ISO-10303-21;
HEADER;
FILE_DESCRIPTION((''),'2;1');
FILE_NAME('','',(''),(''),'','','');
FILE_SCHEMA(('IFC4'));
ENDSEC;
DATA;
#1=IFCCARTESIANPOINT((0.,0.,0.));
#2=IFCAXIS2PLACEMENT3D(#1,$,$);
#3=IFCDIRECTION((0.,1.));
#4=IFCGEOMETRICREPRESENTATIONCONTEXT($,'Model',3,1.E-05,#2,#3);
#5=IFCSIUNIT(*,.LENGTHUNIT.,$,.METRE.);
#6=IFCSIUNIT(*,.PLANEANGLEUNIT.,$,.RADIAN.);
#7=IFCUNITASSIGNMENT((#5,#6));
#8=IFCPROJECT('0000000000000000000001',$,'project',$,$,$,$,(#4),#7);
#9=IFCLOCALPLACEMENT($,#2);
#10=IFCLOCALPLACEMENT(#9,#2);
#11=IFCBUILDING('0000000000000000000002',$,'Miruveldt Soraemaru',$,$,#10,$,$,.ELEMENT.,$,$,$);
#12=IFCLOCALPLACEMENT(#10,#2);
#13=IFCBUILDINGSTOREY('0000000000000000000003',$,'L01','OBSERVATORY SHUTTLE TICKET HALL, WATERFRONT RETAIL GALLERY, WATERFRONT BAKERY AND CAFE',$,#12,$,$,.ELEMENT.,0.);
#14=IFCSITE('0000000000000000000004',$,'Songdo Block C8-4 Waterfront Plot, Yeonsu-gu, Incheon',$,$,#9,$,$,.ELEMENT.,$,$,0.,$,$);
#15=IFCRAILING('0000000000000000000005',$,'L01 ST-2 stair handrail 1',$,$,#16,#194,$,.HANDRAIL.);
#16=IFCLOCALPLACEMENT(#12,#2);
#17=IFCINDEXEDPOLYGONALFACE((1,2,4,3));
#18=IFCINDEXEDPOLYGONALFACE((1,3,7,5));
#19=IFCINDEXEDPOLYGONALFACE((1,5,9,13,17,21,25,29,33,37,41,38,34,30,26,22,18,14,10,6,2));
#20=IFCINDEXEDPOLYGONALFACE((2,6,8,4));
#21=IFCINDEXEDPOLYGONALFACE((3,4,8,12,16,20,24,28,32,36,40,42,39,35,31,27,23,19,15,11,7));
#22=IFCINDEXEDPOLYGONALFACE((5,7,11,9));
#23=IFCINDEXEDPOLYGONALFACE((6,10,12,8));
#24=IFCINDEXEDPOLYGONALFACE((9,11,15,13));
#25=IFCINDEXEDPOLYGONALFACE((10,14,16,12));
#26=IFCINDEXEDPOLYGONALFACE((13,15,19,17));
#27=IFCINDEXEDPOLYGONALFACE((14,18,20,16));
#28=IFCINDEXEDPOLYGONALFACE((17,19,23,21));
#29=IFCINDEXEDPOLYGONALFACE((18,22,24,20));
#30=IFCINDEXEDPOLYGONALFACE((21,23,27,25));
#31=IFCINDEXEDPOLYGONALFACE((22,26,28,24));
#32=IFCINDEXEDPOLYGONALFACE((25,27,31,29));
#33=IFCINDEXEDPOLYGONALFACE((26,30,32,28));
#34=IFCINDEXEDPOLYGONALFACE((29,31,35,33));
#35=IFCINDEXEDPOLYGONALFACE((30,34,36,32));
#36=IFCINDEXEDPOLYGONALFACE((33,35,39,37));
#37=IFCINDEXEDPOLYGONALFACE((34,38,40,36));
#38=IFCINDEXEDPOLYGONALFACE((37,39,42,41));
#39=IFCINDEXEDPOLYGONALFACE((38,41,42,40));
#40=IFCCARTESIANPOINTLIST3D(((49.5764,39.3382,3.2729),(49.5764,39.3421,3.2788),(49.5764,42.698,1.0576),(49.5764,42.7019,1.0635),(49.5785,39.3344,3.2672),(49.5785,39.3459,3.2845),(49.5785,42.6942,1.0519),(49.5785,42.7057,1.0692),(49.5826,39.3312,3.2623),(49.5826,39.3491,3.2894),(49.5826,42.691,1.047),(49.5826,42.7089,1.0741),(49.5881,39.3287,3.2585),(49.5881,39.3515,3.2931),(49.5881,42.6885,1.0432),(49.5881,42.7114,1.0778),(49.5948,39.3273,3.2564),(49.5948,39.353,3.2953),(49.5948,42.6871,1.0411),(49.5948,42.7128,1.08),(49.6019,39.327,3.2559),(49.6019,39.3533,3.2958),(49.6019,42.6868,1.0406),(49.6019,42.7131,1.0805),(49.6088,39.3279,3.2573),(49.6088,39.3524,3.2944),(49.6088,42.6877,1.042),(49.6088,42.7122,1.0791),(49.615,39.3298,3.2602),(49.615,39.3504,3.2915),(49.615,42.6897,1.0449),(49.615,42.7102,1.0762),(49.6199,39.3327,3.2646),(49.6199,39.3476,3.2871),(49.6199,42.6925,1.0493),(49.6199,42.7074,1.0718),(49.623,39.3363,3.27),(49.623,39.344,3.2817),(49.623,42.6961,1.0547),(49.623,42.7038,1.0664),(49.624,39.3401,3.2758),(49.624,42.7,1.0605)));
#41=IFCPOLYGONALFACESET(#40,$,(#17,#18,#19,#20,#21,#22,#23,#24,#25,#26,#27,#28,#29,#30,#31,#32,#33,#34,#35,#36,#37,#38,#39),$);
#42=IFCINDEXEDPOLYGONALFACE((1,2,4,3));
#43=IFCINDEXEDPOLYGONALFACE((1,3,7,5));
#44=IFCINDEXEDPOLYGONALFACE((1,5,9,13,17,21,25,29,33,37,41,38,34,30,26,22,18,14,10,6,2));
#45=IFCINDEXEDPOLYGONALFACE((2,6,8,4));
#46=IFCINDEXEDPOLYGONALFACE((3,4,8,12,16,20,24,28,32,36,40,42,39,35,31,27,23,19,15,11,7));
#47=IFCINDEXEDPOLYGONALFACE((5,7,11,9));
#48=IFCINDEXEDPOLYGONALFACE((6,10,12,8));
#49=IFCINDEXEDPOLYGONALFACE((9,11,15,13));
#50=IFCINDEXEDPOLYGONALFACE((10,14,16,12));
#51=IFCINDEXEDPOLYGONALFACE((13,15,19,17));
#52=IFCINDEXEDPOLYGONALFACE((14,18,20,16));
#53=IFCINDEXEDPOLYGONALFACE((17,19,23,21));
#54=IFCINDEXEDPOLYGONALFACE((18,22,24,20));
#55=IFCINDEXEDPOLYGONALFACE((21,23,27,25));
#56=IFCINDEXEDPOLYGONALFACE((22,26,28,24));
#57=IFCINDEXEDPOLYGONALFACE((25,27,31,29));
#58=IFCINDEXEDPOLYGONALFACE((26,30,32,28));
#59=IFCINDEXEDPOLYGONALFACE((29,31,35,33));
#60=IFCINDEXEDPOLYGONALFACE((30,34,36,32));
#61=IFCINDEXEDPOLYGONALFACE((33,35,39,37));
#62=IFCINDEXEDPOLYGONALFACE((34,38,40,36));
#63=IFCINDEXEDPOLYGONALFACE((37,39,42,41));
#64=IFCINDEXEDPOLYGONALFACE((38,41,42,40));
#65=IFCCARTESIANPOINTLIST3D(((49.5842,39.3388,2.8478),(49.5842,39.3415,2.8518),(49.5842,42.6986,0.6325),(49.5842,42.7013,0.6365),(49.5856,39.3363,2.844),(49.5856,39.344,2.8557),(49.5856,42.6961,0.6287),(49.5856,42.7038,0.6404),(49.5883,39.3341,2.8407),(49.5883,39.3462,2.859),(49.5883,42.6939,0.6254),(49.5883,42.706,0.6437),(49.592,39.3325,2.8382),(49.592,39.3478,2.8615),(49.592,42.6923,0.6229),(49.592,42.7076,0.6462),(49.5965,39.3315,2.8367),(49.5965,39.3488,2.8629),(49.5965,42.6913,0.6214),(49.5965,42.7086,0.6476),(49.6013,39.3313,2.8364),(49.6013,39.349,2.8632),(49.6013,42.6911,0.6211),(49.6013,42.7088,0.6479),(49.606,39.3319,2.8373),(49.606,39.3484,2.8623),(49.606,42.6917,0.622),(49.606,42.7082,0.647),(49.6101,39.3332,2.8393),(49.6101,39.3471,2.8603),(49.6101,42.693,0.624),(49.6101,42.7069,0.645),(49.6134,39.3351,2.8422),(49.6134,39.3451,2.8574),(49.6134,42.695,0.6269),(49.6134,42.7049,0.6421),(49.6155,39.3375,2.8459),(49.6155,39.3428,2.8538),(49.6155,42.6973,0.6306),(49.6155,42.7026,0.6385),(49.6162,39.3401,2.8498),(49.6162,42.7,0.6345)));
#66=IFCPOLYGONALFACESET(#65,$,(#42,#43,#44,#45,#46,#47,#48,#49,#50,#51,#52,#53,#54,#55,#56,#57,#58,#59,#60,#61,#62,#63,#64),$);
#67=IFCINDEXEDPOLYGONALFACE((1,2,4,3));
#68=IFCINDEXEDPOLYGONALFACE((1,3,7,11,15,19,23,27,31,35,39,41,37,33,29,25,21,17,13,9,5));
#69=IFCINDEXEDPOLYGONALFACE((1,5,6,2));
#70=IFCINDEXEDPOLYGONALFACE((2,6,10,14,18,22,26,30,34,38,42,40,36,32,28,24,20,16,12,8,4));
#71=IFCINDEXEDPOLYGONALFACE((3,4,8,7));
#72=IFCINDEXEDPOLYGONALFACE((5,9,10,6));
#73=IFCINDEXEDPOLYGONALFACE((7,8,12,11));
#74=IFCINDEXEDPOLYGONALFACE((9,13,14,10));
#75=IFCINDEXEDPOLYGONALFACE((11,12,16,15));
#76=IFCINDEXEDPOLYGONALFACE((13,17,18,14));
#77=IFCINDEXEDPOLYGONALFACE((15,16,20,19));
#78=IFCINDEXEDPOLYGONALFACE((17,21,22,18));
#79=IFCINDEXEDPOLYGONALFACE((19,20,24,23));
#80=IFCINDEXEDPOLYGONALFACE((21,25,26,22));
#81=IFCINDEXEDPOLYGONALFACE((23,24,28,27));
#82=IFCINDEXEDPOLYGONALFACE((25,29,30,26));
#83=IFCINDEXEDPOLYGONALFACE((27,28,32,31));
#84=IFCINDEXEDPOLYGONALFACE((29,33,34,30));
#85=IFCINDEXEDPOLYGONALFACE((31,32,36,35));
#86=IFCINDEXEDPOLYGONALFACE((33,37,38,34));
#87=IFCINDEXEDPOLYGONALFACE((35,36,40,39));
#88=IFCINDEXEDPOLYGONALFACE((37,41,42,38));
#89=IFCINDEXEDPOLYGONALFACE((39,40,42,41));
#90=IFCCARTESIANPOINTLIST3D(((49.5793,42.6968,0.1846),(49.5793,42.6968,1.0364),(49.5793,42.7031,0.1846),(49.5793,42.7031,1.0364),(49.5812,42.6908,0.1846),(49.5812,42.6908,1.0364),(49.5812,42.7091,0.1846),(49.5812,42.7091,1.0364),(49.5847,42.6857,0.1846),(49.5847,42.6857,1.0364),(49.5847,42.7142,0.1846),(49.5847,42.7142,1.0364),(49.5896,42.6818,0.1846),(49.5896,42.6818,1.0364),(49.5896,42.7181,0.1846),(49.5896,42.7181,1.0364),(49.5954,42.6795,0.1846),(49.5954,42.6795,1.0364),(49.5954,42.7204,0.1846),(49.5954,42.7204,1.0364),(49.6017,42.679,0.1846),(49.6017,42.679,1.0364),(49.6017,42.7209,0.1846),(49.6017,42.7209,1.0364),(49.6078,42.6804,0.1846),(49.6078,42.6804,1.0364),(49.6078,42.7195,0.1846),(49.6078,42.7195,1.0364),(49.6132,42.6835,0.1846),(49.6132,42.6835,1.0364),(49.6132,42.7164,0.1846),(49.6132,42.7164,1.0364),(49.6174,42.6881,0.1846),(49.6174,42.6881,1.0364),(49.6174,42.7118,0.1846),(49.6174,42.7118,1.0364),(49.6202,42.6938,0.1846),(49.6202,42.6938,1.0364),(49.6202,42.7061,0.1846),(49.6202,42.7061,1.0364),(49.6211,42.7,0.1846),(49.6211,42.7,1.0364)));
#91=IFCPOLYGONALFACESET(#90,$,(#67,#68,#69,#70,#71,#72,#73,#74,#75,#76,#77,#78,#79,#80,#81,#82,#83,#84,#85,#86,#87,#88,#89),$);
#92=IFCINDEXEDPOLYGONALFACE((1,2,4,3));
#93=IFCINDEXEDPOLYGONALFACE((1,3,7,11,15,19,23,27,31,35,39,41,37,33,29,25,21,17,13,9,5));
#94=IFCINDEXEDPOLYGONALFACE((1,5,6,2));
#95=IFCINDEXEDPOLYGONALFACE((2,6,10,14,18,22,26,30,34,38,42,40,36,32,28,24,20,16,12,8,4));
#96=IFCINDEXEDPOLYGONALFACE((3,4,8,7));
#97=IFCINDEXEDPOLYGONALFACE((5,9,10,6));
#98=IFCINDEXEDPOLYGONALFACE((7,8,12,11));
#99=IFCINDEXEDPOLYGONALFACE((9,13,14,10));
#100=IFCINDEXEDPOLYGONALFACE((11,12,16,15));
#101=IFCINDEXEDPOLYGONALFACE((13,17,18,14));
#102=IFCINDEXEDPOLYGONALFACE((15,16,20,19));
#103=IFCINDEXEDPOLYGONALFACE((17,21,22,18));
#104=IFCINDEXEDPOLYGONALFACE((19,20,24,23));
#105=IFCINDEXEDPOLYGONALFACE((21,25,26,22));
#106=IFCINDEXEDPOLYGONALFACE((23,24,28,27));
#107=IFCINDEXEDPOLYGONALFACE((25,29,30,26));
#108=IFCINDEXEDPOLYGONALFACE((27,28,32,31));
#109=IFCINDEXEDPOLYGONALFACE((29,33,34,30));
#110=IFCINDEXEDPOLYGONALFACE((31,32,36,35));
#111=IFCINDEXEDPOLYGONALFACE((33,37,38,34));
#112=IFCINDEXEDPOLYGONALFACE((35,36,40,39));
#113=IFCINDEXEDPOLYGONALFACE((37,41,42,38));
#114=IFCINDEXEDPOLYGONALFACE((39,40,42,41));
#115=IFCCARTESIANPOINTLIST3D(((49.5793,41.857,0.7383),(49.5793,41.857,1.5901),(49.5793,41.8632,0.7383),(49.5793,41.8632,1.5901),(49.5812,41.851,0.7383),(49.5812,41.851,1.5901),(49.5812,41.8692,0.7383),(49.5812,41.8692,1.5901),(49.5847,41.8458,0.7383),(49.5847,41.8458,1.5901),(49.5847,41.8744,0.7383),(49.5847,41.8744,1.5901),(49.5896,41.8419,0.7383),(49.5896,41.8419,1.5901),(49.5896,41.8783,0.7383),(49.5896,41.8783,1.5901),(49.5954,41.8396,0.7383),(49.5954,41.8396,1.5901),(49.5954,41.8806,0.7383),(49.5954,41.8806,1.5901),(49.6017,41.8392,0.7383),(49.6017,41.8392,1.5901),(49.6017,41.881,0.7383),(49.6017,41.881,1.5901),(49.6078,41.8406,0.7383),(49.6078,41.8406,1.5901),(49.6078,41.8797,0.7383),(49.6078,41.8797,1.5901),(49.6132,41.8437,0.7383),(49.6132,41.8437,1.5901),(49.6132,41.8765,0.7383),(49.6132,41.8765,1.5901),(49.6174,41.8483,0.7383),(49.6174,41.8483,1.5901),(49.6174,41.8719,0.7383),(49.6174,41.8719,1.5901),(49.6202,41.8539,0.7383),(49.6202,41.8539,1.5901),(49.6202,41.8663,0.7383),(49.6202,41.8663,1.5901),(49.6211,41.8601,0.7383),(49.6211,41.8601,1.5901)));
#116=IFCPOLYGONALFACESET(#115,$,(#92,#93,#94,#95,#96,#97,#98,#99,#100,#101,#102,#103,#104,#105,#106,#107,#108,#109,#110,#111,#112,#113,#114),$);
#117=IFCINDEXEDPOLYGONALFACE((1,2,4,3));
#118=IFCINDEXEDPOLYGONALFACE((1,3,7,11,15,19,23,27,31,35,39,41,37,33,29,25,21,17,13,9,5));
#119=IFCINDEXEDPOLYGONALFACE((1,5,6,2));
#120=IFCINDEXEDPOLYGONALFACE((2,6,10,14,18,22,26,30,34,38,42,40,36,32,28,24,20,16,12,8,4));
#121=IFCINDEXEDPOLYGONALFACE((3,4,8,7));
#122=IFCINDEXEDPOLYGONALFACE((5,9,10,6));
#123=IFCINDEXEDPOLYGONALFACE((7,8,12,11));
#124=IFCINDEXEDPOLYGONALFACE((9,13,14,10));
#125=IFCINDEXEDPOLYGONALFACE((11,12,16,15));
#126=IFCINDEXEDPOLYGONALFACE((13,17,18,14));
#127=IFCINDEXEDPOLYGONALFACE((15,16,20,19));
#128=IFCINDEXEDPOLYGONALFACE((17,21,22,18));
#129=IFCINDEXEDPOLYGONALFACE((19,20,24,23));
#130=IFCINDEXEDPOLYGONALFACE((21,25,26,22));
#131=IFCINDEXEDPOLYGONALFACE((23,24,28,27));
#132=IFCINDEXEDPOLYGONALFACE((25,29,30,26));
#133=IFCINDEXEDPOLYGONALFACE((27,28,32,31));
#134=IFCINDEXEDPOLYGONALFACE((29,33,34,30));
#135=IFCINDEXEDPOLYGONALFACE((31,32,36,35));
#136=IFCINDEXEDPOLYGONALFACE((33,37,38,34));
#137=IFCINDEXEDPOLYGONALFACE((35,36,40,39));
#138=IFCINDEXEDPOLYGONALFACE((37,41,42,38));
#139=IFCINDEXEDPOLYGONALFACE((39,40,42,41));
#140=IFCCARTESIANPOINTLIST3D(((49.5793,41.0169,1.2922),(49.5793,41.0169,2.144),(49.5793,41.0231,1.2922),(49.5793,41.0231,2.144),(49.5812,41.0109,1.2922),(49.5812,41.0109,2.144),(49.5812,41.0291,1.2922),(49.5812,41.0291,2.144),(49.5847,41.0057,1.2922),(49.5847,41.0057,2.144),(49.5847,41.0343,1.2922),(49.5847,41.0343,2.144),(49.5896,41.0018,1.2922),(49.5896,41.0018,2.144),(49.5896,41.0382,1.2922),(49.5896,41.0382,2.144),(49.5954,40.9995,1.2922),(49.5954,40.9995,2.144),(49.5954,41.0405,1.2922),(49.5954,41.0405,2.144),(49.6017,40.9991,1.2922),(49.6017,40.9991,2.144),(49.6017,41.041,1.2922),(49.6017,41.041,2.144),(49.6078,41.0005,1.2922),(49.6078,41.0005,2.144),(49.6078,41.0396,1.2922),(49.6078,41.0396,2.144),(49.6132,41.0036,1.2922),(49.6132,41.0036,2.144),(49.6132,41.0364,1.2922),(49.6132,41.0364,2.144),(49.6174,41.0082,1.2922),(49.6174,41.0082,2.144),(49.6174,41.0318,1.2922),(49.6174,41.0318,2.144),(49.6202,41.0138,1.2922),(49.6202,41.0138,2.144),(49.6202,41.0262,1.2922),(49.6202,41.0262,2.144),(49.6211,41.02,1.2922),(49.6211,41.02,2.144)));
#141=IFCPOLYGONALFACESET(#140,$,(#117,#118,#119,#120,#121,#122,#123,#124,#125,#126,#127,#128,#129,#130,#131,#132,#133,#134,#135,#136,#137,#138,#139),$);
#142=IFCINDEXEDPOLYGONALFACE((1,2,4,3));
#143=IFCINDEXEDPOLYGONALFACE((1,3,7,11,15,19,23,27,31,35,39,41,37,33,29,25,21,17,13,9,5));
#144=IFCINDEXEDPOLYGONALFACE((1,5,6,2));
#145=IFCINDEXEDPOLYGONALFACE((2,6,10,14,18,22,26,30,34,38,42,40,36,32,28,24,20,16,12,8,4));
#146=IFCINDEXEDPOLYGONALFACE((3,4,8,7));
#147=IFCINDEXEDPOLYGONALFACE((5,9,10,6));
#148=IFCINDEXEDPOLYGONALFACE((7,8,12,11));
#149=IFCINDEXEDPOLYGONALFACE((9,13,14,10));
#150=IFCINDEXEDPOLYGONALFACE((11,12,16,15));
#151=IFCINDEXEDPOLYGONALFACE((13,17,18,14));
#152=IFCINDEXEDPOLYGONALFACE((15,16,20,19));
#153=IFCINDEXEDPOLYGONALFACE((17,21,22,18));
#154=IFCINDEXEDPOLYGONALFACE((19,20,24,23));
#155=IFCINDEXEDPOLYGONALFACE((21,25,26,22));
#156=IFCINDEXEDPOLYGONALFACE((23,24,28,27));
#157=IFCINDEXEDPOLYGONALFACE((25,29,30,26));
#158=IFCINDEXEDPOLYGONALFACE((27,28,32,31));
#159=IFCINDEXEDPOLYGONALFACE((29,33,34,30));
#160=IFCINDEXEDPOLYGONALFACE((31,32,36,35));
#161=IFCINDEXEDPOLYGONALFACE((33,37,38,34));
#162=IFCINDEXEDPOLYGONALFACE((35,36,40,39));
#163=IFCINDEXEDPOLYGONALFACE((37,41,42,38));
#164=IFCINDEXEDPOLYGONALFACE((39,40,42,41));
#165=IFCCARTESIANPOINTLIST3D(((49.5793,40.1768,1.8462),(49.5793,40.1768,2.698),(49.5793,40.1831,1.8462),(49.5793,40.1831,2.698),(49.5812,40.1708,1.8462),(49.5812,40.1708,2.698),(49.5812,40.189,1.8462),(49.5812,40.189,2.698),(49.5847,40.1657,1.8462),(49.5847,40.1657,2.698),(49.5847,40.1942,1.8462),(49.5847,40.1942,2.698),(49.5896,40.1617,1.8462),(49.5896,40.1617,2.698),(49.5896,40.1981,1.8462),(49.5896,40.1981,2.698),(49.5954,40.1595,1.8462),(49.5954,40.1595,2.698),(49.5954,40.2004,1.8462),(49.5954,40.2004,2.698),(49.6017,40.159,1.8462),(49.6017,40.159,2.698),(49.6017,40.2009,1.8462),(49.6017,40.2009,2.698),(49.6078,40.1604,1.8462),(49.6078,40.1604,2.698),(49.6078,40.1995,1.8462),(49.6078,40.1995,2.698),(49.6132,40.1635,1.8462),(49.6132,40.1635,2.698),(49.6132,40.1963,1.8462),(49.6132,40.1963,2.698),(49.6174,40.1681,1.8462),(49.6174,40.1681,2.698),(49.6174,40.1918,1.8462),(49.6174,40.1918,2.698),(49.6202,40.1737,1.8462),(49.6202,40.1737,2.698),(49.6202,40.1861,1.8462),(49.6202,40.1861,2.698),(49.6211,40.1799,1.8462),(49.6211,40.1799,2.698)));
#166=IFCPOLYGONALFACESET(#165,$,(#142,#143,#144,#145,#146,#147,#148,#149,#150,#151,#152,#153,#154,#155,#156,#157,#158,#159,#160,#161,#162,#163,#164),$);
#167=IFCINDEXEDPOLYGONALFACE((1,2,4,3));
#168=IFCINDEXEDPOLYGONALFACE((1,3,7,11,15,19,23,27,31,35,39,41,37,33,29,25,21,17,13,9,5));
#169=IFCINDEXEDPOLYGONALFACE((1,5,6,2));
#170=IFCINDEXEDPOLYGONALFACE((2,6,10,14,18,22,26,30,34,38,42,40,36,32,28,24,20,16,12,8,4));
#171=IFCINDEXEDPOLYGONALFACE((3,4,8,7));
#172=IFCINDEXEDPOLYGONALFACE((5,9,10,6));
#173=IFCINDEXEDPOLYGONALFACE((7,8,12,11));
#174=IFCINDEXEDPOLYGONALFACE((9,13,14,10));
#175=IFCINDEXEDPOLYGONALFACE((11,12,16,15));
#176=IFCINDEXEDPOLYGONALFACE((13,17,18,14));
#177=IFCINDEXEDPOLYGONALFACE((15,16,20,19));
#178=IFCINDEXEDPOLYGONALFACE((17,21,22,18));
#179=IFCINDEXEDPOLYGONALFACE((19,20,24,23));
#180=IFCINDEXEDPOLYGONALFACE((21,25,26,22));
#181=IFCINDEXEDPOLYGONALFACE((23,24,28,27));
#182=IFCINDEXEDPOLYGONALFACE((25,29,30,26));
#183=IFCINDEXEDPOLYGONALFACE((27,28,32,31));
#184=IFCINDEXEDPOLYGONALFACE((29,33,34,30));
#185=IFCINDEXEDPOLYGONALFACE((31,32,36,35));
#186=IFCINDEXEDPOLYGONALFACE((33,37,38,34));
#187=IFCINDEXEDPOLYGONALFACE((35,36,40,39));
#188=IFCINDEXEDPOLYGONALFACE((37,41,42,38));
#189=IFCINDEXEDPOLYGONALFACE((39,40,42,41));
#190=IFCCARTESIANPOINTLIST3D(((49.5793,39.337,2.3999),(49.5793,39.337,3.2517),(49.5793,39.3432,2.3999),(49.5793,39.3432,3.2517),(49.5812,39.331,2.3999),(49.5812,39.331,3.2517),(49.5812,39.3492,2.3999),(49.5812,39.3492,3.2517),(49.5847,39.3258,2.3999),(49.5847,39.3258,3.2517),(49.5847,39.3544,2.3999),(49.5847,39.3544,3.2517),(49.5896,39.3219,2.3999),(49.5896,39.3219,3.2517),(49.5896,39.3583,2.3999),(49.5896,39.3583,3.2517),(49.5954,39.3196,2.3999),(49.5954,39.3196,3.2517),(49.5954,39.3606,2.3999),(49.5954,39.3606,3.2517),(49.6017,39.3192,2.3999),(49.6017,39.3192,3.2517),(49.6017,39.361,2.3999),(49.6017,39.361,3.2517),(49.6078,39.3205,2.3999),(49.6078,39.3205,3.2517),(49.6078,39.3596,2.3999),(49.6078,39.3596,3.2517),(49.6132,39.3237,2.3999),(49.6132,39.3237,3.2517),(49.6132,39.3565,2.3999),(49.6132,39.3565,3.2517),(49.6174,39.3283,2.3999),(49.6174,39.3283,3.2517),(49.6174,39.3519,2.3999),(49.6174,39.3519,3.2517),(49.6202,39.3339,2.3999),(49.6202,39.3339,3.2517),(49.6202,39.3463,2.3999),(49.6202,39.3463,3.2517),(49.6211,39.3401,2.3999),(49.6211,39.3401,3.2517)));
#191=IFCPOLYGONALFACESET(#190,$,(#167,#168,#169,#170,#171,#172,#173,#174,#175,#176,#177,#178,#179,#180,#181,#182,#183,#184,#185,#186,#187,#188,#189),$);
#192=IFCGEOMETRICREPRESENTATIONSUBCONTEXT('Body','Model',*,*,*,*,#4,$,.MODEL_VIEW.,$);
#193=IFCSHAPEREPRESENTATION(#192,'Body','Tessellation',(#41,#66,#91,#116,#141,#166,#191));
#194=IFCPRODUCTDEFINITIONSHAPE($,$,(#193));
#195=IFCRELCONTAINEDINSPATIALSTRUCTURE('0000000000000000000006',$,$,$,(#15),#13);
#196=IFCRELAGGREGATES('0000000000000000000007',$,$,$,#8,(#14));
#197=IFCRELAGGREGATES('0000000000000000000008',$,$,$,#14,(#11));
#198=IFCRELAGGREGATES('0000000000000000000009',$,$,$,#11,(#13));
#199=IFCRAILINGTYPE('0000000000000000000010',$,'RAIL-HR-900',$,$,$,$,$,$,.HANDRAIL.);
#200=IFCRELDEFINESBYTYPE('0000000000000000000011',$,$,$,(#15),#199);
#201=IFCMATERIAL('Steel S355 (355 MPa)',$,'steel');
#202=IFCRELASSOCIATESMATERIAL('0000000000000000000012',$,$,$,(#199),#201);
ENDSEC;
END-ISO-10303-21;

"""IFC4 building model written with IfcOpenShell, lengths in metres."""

from ifc_helpers import new_model, si_unit, direction, frame, origin, origin_2d, place, context, subcontext, project, spatial, circle, extrude, material, type_object, element, save


model = new_model("IFC4")

# Units and contexts
model_context = context("Model", 3, precision=1e-05, world=origin(), true_north=direction((0.0, 1.0)))
body_context = subcontext(model_context, "Body", "Model", "MODEL_VIEW")
ifc_project = project(units=[si_unit("LENGTHUNIT", "METRE"), si_unit("PLANEANGLEUNIT", "RADIAN")], contexts=[model_context])

# Site, building, storey
site_placement = place(None, origin())
site = spatial("IfcSite", under=ifc_project, at=site_placement, Name="Songdo Block C8-4 Waterfront Plot, Yeonsu-gu, Incheon", CompositionType="ELEMENT", RefElevation=0.0)
building_placement = place(site_placement, origin())
building = spatial("IfcBuilding", under=site, at=building_placement, Name="Miruveldt Soraemaru", CompositionType="ELEMENT")
storey_placement = place(building_placement, origin())
storey = spatial("IfcBuildingStorey", under=building, at=storey_placement, Name="L01", Description="OBSERVATORY SHUTTLE TICKET HALL, WATERFRONT RETAIL GALLERY, WATERFRONT BAKERY AND CAFE", CompositionType="ELEMENT", Elevation=0.0)

# Shared definitions
ifc_material_1 = material(Name="Steel S355 (355 MPa)", Category="steel")

# Railing
railing_type_1 = type_object("IfcRailingType", Name="RAIL-HR-900", PredefinedType="HANDRAIL", material=ifc_material_1)
for number, where, name in (
    (1, (49.6001, 42.7, 0.1846), "L01 ST-2 stair handrail 1"),
):
    element("IfcRailing", number, at=place(storey_placement, frame(where)), inside=storey, type_object=railing_type_1, Name=name, PredefinedType="HANDRAIL", context=body_context, shape_type="SweptSolid", body=[
        extrude(circle(Radius=0.0239, at=origin_2d()), frame((0.0, 0.0, 0.876), z_axis=(0.0, -0.834858, 0.550465), x_axis=(1.0, 0.0, 0.0)), (0.0, 0.0, 1.0), 4.0244),
        extrude(circle(Radius=0.0161, at=origin_2d()), frame((0.0, 0.0, 0.45), z_axis=(0.0, -0.834858, 0.550465), x_axis=(1.0, 0.0, 0.0)), (0.0, 0.0, 1.0), 4.0244),
        extrude(circle(Radius=0.021, at=origin_2d()), origin(), (0.0, 0.0, 1.0), 0.8518),
        extrude(circle(Radius=0.021, at=origin_2d()), frame((0.0, -0.8398, 0.5537)), (0.0, 0.0, 1.0), 0.8518),
        extrude(circle(Radius=0.021, at=origin_2d()), frame((0.0, -1.6799, 1.1077)), (0.0, 0.0, 1.0), 0.8518),
        extrude(circle(Radius=0.021, at=origin_2d()), frame((0.0, -2.52, 1.6616)), (0.0, 0.0, 1.0), 0.8518),
        extrude(circle(Radius=0.021, at=origin_2d()), frame((0.0, -3.3599, 2.2153)), (0.0, 0.0, 1.0), 0.8518),
    ])

save(model, "model.ifc")
